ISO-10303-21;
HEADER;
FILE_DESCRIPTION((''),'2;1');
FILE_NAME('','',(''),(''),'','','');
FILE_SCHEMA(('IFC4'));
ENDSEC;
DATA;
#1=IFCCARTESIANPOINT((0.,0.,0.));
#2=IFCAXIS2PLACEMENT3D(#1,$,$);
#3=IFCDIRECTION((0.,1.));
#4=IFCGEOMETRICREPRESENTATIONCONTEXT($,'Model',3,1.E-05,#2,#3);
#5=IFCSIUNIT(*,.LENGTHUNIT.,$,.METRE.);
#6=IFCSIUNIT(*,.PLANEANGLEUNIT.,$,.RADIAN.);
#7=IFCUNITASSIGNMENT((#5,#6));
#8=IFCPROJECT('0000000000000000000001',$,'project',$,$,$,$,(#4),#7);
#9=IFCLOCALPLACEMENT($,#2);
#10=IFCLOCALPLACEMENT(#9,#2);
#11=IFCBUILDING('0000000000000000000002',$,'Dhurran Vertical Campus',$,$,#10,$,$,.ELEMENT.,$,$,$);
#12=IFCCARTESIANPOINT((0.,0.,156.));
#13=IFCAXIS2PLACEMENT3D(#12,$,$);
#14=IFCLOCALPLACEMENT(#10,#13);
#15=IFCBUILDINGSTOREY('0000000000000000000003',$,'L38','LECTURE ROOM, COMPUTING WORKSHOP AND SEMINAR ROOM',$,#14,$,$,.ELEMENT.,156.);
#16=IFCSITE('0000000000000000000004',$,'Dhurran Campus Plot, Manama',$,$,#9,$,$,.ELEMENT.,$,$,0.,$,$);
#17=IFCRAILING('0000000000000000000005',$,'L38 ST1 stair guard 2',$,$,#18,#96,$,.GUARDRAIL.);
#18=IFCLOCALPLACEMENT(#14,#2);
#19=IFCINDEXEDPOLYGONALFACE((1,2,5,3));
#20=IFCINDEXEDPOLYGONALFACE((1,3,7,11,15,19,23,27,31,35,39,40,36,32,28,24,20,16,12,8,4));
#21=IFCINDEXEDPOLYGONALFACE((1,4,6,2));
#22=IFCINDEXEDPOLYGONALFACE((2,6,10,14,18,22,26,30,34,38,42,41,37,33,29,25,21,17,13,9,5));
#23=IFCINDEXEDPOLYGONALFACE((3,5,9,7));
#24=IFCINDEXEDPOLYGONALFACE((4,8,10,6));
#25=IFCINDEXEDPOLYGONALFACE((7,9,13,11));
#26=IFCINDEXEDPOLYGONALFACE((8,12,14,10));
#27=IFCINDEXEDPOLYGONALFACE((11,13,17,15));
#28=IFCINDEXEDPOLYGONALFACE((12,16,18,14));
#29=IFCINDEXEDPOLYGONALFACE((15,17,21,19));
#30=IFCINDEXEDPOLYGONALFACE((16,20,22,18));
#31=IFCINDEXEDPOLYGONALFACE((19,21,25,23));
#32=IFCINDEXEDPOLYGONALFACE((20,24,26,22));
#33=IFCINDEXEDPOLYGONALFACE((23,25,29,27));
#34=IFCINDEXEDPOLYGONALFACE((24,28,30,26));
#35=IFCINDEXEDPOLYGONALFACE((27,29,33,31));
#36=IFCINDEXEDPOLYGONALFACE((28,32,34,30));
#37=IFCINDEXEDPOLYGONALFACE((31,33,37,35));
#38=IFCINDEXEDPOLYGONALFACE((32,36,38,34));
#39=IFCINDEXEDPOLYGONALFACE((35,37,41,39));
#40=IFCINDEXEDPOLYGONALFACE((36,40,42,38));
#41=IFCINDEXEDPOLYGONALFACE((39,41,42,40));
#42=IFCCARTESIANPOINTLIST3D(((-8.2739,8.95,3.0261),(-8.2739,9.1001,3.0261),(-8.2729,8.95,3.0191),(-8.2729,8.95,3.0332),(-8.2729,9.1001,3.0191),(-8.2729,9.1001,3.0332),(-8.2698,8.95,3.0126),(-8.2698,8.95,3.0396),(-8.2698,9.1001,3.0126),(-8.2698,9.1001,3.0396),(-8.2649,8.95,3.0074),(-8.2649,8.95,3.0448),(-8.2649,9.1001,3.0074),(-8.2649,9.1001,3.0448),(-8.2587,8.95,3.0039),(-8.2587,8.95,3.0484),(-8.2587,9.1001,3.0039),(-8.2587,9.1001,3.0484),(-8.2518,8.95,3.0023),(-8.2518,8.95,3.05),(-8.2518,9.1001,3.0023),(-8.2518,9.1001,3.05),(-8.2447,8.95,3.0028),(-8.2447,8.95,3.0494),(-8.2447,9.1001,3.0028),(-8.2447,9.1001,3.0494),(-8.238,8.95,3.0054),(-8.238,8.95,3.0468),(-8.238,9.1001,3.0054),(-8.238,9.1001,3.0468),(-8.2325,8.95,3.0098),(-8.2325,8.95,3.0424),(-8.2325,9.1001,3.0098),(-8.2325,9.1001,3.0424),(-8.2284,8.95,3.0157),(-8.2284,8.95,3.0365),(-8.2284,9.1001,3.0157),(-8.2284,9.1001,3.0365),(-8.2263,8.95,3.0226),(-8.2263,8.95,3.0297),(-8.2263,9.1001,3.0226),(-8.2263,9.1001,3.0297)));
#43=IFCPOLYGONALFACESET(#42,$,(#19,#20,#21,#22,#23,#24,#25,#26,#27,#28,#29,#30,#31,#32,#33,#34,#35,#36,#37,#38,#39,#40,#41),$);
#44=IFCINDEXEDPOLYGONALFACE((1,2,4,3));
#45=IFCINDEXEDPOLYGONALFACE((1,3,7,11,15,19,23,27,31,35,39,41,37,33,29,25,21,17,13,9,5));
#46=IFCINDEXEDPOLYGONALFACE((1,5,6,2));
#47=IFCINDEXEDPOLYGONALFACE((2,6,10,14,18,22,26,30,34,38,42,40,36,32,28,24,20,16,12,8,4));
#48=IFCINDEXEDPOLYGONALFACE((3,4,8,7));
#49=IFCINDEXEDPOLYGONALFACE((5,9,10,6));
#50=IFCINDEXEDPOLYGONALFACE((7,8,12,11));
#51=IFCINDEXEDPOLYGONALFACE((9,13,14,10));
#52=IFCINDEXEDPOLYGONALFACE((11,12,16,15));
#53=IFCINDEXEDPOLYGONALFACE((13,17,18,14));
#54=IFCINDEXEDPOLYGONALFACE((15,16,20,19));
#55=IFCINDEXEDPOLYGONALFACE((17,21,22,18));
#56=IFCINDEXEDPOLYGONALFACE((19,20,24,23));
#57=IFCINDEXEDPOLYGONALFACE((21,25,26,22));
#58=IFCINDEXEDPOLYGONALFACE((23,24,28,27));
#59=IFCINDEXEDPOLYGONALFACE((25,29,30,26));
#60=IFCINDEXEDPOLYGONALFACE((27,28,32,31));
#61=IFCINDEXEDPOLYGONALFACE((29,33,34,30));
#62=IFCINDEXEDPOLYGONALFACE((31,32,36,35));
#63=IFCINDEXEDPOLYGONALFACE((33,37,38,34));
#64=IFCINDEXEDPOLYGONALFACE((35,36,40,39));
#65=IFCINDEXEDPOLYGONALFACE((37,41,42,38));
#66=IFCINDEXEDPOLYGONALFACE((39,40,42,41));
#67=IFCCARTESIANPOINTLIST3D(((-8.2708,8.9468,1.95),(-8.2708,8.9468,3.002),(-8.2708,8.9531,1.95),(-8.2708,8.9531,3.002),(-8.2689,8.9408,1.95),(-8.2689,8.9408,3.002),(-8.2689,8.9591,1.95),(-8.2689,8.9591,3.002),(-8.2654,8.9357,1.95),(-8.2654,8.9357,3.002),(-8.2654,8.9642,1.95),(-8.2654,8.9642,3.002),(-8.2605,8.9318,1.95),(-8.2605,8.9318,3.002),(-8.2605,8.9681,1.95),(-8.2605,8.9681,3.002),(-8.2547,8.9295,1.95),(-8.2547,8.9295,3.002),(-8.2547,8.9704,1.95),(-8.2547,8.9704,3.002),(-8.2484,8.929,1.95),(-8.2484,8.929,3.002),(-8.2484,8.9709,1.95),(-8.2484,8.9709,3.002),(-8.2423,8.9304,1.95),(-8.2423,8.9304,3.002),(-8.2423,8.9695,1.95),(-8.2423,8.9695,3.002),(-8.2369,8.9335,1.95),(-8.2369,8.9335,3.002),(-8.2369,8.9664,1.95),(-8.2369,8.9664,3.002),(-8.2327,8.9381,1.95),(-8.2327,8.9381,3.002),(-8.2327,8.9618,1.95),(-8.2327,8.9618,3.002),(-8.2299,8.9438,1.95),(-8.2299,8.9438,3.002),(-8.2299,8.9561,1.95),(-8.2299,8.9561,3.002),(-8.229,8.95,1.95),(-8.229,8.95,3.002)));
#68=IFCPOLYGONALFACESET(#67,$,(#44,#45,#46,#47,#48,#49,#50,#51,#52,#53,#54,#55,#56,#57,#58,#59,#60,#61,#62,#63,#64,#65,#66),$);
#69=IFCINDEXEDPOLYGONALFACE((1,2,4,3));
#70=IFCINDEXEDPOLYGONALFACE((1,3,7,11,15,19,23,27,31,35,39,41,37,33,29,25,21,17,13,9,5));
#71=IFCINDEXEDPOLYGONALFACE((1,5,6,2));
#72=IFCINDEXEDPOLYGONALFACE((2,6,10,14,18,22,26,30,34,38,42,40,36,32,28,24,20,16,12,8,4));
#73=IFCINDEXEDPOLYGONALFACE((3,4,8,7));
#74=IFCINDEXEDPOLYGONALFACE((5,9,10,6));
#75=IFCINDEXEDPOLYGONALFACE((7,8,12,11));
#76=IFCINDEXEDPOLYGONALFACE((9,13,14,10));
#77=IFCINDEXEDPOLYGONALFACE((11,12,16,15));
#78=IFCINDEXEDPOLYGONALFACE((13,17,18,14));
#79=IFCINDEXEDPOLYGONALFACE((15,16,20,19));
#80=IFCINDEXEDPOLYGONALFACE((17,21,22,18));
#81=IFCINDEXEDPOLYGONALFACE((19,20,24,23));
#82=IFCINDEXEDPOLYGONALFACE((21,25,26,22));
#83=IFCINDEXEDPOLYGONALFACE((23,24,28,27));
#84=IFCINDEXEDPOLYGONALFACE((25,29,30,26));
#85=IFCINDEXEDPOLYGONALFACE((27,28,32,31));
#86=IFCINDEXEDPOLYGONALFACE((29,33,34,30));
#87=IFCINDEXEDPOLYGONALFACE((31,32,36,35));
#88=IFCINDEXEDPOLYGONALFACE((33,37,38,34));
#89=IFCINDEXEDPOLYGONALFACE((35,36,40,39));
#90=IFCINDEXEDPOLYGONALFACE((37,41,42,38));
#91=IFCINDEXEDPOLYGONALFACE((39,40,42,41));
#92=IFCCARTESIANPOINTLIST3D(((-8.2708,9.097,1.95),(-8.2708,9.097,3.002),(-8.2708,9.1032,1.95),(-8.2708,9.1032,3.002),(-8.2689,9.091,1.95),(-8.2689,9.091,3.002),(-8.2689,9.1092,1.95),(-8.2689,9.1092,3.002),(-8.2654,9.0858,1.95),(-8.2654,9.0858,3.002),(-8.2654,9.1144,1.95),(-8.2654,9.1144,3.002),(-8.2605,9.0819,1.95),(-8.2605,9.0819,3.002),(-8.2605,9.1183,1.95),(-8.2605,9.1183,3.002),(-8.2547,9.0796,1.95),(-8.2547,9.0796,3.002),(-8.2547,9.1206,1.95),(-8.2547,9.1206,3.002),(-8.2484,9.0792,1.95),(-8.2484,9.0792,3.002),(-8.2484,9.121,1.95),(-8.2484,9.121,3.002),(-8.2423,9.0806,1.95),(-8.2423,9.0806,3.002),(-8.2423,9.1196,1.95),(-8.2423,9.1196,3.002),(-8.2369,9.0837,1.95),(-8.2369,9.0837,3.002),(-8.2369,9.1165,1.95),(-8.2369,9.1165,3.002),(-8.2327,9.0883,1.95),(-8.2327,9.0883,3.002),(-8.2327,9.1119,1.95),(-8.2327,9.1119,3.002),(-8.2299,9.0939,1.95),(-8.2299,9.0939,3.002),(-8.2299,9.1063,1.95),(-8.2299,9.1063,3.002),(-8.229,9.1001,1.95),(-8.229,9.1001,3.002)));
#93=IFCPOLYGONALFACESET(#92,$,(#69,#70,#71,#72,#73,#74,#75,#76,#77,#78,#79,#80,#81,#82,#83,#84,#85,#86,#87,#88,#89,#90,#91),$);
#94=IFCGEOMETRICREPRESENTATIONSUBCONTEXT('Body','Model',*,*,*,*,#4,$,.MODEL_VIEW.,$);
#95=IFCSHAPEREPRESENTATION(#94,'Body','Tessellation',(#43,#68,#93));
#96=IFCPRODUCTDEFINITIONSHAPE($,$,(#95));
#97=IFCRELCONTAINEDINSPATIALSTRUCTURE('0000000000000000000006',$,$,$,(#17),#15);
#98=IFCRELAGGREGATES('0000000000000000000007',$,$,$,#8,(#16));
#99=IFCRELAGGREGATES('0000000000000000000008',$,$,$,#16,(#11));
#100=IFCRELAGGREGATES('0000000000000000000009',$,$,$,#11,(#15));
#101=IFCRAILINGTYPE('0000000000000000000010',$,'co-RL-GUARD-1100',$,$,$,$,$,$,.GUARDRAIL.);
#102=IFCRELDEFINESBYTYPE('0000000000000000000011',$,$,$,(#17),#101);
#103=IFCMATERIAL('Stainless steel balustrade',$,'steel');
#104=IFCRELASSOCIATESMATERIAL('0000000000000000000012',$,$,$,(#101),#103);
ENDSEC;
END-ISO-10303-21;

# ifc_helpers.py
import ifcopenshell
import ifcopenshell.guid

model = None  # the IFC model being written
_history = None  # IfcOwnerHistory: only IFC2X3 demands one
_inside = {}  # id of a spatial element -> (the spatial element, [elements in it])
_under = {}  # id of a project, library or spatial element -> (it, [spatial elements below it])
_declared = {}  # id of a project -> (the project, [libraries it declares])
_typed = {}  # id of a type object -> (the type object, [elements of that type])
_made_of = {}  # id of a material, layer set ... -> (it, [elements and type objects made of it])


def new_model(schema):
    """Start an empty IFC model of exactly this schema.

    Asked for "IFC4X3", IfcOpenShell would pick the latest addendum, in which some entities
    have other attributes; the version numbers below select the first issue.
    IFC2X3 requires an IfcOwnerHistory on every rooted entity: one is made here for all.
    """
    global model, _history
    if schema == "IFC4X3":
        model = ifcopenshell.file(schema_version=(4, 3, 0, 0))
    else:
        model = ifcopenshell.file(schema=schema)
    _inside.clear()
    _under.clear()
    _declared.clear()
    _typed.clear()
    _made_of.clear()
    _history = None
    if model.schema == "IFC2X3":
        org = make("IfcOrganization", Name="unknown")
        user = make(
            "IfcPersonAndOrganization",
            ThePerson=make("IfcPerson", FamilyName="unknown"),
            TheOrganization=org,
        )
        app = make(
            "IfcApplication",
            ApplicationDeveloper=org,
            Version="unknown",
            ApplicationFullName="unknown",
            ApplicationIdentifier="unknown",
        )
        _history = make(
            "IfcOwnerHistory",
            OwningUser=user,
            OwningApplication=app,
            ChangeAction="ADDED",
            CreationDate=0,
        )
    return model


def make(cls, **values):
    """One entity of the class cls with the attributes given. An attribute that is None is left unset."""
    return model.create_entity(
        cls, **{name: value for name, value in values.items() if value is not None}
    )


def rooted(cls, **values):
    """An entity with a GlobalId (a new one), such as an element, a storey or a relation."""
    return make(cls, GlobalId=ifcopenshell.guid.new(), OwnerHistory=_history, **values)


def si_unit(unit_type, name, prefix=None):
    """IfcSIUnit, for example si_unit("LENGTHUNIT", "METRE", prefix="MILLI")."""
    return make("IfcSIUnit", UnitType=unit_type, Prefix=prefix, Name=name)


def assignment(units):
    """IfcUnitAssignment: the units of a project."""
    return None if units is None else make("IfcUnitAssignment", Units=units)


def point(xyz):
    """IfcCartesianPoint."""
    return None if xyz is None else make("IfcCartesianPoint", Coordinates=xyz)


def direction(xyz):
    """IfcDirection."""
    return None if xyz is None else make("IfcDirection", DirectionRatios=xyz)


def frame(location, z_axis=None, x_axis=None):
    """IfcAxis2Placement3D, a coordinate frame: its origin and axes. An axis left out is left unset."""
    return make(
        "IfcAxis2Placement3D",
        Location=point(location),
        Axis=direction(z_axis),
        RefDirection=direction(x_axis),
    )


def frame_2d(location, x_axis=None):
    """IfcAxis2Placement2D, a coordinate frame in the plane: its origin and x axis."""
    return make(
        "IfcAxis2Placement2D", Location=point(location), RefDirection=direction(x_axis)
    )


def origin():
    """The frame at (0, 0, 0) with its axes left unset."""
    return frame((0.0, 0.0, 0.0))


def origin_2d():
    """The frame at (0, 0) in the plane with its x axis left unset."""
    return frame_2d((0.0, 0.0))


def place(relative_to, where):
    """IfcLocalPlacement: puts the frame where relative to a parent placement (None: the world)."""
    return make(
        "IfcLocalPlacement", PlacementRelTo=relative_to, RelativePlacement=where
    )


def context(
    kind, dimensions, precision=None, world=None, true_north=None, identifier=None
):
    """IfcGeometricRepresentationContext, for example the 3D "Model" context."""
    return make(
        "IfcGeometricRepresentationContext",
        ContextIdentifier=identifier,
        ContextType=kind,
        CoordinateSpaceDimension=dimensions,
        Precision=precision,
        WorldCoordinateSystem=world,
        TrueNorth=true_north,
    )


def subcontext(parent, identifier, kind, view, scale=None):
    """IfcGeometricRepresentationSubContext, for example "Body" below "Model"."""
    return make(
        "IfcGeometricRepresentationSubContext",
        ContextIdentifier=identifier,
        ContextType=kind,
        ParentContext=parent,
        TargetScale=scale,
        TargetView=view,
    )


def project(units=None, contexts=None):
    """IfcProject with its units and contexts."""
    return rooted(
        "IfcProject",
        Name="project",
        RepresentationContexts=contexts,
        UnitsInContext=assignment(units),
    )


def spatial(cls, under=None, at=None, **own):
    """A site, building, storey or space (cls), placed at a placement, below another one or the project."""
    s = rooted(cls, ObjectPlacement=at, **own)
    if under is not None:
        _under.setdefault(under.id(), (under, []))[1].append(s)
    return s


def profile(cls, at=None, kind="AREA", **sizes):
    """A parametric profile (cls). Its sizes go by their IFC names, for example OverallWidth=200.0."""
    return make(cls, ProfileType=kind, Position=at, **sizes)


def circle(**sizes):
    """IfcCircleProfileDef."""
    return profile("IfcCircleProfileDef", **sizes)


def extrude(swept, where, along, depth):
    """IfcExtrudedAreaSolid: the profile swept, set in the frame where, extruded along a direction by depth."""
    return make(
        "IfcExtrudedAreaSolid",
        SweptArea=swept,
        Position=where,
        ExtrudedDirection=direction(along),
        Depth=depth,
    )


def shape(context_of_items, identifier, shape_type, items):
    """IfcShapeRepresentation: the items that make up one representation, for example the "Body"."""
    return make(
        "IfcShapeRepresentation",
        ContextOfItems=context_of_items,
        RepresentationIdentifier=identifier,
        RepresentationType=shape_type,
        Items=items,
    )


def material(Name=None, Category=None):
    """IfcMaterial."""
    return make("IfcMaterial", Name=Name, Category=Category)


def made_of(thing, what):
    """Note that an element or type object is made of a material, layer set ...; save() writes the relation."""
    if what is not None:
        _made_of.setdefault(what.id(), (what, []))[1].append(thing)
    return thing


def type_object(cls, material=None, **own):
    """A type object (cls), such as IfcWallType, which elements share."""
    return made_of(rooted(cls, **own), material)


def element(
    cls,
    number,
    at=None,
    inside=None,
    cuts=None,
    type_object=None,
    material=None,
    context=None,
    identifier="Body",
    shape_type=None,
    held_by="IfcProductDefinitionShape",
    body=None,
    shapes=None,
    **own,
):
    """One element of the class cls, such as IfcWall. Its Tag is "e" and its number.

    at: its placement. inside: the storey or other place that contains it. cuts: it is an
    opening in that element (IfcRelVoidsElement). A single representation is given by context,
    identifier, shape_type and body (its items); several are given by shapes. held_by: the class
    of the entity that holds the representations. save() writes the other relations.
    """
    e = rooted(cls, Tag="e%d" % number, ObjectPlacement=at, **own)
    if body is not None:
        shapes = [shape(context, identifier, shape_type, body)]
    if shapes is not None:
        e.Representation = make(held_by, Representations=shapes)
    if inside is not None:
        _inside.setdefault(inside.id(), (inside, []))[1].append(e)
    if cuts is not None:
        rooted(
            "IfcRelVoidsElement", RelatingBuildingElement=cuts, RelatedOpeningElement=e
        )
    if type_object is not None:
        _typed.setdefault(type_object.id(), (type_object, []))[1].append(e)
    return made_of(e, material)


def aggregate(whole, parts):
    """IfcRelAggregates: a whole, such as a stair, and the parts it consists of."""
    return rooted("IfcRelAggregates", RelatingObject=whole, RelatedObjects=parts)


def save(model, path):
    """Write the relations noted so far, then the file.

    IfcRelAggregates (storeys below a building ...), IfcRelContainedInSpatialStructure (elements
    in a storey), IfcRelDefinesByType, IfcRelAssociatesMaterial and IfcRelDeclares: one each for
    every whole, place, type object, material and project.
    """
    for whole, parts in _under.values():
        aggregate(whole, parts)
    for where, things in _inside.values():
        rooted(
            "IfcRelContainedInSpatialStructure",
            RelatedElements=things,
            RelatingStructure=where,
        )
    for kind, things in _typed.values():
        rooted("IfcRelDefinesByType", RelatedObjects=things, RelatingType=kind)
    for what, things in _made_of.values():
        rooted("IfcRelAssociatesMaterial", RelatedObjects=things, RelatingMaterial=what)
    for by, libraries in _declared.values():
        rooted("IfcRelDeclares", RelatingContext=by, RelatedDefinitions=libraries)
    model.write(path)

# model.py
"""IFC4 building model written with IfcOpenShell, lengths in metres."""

from ifc_helpers import new_model, si_unit, direction, frame, origin, origin_2d, place, context, subcontext, project, spatial, circle, extrude, material, type_object, element, save


model = new_model("IFC4")

# Units and contexts
model_context = context("Model", 3, precision=1e-05, world=origin(), true_north=direction((0.0, 1.0)))
body_context = subcontext(model_context, "Body", "Model", "MODEL_VIEW")
ifc_project = project(units=[si_unit("LENGTHUNIT", "METRE"), si_unit("PLANEANGLEUNIT", "RADIAN")], contexts=[model_context])

# Site, building, storey
site_placement = place(None, origin())
site = spatial("IfcSite", under=ifc_project, at=site_placement, Name="Dhurran Campus Plot, Manama", CompositionType="ELEMENT", RefElevation=0.0)
building_placement = place(site_placement, origin())
building = spatial("IfcBuilding", under=site, at=building_placement, Name="Dhurran Vertical Campus", CompositionType="ELEMENT")
storey_placement = place(building_placement, frame((0.0, 0.0, 156.0)))
storey = spatial("IfcBuildingStorey", under=building, at=storey_placement, Name="L38", Description="LECTURE ROOM, COMPUTING WORKSHOP AND SEMINAR ROOM", CompositionType="ELEMENT", Elevation=156.0)

# Railing
ifc_material_1 = material(Name="Stainless steel balustrade", Category="steel")
railing_type_1 = type_object("IfcRailingType", Name="co-RL-GUARD-1100", PredefinedType="GUARDRAIL", material=ifc_material_1)
railing_1_placement = place(storey_placement, frame((-8.25, 8.95, 1.95)))
element("IfcRailing", 1, at=railing_1_placement, inside=storey, type_object=railing_type_1, Name="L38 ST1 stair guard 2", PredefinedType="GUARDRAIL", context=body_context, shape_type="SweptSolid", body=[
    extrude(circle(Radius=0.0239, at=origin_2d()), frame((0.0, 0.0, 1.0762), z_axis=(0.0, 1.0, 0.0), x_axis=(-1.0, 0.0, 0.0)), (0.0, 0.0, 1.0), 0.1501),
    extrude(circle(Radius=0.021, at=origin_2d()), origin(), (0.0, 0.0, 1.0), 1.052),
    extrude(circle(Radius=0.021, at=origin_2d()), frame((0.0, 0.1501, 0.0)), (0.0, 0.0, 1.0), 1.052),
])

save(model, "model.ifc")
